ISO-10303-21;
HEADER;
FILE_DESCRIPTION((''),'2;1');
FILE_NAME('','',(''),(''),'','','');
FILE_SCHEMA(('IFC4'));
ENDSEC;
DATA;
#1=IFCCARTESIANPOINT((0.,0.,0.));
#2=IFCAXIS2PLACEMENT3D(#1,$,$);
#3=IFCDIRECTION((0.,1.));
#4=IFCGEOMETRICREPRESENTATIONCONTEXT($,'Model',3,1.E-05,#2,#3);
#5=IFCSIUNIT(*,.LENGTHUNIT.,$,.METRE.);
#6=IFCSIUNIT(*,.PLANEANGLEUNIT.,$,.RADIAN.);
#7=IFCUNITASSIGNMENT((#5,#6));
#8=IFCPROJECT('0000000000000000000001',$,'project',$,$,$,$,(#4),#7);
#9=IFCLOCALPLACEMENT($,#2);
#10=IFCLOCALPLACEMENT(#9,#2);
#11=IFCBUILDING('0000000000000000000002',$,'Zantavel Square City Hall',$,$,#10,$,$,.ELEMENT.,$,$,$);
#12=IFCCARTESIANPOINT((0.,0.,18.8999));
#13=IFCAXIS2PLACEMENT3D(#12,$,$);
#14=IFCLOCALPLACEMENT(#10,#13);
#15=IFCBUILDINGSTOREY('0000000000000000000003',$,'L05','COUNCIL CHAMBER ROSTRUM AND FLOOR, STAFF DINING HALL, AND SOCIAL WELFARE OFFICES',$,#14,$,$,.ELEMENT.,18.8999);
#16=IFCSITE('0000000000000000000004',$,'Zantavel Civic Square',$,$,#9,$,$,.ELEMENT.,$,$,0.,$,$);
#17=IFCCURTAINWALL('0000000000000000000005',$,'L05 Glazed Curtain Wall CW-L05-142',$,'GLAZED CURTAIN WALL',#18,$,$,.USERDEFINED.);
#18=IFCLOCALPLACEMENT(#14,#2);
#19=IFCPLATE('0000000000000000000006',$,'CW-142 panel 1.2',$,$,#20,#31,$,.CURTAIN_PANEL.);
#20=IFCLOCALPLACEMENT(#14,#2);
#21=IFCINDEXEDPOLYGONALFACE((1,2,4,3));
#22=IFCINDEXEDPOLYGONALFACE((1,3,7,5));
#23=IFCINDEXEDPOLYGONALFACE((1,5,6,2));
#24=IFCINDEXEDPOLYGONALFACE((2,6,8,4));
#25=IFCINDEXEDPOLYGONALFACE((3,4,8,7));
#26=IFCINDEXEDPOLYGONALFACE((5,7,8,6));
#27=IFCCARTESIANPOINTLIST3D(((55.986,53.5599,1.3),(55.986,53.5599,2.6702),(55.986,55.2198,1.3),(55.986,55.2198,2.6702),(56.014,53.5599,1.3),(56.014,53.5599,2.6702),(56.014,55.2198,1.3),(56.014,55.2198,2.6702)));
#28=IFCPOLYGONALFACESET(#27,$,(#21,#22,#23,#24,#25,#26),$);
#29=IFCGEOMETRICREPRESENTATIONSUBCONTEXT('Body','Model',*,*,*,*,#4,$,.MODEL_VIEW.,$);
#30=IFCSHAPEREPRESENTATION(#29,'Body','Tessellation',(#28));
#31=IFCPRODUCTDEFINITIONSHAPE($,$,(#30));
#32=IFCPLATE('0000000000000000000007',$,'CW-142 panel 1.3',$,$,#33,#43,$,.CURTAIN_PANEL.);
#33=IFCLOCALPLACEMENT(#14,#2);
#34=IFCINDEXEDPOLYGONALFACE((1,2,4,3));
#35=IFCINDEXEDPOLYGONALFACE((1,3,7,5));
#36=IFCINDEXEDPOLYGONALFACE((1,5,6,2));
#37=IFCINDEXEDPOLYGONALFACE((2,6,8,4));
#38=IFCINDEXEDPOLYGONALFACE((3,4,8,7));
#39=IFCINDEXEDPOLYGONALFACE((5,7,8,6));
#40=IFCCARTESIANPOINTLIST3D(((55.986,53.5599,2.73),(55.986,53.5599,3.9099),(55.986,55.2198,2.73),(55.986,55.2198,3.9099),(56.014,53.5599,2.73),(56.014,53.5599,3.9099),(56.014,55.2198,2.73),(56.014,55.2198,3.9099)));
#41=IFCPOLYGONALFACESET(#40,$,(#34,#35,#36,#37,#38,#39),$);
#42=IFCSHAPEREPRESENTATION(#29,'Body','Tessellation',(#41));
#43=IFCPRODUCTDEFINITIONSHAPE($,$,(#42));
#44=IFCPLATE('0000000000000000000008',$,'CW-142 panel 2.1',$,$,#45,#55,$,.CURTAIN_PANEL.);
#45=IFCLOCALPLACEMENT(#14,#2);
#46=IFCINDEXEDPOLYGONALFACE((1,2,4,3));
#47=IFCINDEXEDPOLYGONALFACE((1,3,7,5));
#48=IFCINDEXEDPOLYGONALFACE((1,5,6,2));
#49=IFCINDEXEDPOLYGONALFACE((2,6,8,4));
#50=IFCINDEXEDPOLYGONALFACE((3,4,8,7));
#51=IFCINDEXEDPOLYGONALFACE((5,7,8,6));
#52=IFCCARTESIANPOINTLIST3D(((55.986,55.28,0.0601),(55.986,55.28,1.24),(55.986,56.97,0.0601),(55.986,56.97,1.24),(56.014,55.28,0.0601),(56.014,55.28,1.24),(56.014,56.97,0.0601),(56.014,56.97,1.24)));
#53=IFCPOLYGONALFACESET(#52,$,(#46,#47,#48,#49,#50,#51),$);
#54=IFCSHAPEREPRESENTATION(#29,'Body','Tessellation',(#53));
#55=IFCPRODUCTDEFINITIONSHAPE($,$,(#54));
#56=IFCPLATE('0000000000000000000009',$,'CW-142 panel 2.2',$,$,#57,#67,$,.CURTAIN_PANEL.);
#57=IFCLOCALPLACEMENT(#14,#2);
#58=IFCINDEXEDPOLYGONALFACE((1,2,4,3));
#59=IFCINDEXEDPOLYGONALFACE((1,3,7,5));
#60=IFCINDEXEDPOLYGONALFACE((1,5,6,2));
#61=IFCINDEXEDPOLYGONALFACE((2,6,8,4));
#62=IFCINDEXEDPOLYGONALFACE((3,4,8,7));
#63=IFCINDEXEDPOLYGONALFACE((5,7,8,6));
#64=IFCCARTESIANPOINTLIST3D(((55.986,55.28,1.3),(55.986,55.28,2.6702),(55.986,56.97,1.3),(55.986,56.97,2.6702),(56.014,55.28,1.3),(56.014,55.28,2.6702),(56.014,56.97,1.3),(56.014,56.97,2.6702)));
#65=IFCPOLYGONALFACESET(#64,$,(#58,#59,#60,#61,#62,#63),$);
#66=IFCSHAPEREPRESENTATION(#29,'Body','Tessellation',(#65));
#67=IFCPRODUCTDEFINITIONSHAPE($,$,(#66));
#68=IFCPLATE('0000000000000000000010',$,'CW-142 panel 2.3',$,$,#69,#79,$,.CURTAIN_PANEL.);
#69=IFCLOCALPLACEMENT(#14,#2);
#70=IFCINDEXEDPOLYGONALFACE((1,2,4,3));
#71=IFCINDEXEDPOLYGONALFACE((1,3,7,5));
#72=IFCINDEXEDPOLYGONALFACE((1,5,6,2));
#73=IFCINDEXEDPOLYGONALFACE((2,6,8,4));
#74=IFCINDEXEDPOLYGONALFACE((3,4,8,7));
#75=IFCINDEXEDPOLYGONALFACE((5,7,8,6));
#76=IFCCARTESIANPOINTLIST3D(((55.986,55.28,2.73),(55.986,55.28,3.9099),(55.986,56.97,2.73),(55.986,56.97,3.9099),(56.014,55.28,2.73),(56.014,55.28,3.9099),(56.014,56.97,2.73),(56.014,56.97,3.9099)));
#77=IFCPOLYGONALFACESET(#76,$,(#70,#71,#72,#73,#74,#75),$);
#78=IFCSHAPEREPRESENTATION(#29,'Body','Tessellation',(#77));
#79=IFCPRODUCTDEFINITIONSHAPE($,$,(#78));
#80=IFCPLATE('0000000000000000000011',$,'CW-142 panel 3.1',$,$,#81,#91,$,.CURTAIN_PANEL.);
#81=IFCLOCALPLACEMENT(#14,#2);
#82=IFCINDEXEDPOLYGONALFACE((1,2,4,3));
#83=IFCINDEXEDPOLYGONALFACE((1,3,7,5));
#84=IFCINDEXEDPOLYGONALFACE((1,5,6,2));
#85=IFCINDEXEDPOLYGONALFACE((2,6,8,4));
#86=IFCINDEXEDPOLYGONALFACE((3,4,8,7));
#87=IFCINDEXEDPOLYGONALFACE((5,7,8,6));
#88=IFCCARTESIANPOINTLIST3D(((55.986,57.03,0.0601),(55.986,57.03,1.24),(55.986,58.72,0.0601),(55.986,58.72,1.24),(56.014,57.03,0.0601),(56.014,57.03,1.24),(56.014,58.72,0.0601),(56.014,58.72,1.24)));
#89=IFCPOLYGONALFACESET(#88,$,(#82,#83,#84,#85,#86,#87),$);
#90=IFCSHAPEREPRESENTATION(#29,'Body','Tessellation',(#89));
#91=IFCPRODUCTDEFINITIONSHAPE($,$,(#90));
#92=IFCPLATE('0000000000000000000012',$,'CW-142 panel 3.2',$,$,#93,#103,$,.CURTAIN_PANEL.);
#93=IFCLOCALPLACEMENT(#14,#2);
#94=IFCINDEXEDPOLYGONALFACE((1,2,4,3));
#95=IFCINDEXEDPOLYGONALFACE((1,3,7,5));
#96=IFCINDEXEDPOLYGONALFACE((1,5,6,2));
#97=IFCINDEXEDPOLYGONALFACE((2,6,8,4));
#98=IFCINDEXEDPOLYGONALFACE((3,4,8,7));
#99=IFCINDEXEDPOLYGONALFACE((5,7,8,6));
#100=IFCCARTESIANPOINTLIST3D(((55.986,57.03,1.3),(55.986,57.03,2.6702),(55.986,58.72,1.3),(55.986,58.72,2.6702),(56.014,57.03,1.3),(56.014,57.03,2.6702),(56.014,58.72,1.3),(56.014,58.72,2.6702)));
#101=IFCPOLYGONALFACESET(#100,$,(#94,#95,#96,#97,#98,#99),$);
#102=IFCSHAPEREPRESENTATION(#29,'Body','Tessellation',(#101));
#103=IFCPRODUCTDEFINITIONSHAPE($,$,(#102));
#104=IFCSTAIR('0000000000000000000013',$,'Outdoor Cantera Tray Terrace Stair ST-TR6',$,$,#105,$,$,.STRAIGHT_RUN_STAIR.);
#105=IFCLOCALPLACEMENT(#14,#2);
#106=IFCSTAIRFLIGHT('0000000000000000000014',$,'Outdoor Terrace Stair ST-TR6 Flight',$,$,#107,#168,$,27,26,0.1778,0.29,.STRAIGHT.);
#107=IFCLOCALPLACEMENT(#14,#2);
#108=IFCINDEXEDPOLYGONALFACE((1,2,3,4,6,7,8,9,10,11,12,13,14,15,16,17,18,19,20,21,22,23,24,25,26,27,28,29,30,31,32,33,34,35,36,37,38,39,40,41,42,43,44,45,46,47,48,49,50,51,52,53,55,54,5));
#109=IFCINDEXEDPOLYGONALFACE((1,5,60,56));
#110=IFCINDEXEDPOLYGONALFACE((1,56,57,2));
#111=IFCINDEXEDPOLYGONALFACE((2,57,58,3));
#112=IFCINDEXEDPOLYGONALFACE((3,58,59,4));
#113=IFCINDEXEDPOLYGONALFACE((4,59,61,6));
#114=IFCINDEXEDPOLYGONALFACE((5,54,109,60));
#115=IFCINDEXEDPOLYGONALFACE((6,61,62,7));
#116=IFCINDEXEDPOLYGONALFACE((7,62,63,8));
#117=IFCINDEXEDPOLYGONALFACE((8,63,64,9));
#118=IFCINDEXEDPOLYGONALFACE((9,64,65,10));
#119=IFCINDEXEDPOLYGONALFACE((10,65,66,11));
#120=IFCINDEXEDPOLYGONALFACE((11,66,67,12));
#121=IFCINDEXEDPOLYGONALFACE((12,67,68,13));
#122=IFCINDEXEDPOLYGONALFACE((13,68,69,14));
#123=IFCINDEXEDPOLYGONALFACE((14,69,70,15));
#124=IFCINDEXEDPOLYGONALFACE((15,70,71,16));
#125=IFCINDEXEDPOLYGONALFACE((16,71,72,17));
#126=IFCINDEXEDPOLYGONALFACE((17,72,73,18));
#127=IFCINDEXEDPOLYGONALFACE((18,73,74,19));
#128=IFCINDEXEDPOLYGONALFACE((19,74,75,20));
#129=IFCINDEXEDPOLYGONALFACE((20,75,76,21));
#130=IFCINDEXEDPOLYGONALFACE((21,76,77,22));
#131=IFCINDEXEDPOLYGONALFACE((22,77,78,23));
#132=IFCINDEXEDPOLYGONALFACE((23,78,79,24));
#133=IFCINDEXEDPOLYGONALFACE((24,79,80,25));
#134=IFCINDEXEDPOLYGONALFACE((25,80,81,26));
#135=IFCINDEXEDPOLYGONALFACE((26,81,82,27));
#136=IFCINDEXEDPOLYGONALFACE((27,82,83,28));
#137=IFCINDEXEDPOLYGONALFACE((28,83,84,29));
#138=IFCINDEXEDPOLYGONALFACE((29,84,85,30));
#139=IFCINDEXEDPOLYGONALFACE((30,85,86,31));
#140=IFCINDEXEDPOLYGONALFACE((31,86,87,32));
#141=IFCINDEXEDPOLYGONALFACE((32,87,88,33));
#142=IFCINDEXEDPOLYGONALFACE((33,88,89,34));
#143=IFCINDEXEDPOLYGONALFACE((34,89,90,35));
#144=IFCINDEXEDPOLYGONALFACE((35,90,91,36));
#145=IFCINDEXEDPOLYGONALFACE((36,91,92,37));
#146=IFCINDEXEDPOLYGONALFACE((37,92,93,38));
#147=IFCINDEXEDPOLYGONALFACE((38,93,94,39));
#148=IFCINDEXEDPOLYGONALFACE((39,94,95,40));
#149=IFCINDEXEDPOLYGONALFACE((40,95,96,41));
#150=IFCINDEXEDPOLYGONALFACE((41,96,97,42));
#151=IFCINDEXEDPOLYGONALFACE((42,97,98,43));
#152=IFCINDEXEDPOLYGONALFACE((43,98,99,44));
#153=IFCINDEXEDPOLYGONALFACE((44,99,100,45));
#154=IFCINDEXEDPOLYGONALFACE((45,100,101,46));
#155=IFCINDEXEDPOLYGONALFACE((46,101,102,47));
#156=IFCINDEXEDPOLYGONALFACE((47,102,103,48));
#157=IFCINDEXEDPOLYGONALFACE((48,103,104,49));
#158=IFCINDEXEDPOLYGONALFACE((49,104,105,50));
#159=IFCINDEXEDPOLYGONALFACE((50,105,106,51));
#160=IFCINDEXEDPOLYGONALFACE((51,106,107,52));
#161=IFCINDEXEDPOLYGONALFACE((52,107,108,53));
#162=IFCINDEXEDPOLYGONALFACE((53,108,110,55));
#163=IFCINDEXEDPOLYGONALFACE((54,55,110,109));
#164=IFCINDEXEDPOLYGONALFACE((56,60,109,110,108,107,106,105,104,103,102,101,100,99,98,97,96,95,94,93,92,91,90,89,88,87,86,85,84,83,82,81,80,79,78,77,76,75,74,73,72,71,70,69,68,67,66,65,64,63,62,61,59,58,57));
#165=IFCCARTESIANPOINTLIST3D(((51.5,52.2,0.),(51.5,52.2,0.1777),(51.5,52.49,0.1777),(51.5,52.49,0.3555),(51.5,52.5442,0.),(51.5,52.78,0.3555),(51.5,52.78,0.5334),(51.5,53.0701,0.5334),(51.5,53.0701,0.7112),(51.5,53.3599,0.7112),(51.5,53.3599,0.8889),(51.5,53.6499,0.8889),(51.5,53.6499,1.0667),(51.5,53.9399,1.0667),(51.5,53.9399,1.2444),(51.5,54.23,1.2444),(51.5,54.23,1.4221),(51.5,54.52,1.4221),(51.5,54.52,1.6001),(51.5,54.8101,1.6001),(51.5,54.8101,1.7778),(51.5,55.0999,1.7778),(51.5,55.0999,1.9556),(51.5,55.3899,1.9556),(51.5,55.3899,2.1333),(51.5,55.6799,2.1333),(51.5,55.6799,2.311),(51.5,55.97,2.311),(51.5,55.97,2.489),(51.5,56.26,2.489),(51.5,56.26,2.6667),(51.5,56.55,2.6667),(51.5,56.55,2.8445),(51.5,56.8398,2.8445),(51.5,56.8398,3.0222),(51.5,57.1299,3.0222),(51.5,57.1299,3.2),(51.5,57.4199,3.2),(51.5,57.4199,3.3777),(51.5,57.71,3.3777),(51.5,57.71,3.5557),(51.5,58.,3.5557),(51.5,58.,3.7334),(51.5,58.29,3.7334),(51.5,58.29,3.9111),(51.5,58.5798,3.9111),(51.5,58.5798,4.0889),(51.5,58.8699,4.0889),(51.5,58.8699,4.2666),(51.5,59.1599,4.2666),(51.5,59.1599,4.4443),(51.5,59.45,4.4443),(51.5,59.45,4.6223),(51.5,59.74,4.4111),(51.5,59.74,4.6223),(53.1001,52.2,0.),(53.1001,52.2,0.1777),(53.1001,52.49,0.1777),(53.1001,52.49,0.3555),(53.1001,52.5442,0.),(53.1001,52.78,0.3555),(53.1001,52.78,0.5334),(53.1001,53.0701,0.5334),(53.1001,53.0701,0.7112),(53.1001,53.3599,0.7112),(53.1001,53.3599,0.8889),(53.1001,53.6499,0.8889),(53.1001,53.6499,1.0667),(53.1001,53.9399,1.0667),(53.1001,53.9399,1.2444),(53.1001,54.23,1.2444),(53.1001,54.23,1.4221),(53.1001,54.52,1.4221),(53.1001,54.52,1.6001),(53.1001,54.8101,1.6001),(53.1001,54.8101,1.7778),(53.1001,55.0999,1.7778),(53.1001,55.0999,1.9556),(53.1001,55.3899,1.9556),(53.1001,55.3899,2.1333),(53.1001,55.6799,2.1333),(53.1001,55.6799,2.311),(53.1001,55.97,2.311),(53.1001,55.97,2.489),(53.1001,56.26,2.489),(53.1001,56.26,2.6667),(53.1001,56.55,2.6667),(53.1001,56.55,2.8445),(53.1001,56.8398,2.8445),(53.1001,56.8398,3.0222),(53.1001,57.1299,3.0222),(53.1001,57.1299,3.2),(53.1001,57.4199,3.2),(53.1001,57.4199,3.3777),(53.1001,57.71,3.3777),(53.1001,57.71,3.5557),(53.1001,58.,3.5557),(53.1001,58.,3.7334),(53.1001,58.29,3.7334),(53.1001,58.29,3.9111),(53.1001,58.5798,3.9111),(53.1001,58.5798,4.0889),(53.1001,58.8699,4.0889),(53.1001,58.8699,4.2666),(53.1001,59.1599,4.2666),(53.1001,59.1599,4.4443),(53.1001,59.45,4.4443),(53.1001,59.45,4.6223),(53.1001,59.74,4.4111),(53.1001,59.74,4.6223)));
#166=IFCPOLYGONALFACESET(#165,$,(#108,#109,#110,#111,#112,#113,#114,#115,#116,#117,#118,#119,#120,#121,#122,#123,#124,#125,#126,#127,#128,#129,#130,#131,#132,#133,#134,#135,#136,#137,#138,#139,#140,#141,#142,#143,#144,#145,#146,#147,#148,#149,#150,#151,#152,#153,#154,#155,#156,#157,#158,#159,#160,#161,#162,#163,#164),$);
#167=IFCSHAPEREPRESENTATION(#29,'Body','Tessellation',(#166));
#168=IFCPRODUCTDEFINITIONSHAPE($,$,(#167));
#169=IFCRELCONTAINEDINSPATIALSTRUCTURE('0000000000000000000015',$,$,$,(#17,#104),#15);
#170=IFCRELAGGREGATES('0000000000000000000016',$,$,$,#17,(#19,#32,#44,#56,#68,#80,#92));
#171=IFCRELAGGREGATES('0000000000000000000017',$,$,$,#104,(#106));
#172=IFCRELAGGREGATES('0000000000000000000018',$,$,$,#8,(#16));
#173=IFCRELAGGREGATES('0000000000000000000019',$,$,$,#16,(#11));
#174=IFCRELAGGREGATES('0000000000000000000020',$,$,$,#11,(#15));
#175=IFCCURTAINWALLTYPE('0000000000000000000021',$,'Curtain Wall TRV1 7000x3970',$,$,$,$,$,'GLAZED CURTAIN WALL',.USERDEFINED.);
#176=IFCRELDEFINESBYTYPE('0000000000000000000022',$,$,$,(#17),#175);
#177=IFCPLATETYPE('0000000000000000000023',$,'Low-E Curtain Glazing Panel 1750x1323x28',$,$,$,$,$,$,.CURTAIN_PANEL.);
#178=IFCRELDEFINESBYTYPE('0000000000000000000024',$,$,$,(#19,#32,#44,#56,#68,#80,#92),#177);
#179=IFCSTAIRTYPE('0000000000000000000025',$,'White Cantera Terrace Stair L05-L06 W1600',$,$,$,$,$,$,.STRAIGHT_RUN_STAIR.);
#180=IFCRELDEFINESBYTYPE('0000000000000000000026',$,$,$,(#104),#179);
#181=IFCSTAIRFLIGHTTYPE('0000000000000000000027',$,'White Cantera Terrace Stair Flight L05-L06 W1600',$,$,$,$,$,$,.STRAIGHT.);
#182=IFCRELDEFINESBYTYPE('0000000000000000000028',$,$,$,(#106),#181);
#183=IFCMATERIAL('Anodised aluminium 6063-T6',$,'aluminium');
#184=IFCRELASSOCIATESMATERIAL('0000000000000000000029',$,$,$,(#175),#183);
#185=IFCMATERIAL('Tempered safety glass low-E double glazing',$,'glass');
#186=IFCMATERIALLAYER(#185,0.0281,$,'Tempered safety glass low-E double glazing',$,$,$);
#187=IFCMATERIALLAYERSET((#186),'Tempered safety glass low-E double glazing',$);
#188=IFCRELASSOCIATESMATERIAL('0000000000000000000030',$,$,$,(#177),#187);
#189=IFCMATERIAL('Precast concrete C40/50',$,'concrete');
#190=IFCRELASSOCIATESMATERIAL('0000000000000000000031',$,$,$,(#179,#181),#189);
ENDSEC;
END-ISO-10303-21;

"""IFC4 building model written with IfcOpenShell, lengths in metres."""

from ifc_helpers import new_model, si_unit, direction, frame, origin, origin_2d, place, context, subcontext, project, spatial, polyline, rectangle, outline, extrude, material, layer, layer_set, type_object, element, aggregate, save


model = new_model("IFC4")

# Units and contexts
model_context = context("Model", 3, precision=1e-05, world=origin(), true_north=direction((0.0, 1.0)))
body_context = subcontext(model_context, "Body", "Model", "MODEL_VIEW")
ifc_project = project(units=[si_unit("LENGTHUNIT", "METRE"), si_unit("PLANEANGLEUNIT", "RADIAN")], contexts=[model_context])

# Site, building, storey
site_placement = place(None, origin())
site = spatial("IfcSite", under=ifc_project, at=site_placement, Name="Zantavel Civic Square", CompositionType="ELEMENT", RefElevation=0.0)
building_placement = place(site_placement, origin())
building = spatial("IfcBuilding", under=site, at=building_placement, Name="Zantavel Square City Hall", CompositionType="ELEMENT")
storey_placement = place(building_placement, frame((0.0, 0.0, 18.8999)))
storey = spatial("IfcBuildingStorey", under=building, at=storey_placement, Name="L05", Description="COUNCIL CHAMBER ROSTRUM AND FLOOR, STAFF DINING HALL, AND SOCIAL WELFARE OFFICES", CompositionType="ELEMENT", Elevation=18.8999)

# Shared definitions
ifc_material_1 = material(Name="Anodised aluminium 6063-T6", Category="aluminium")
curtain_wall_type = type_object("IfcCurtainWallType", Name="Curtain Wall TRV1 7000x3970", ElementType="GLAZED CURTAIN WALL", PredefinedType="USERDEFINED", material=ifc_material_1)

# Curtain wall
curtain_wall_1_placement = place(storey_placement, origin())
curtain_wall_1 = element("IfcCurtainWall", 1, at=curtain_wall_1_placement, inside=storey, type_object=curtain_wall_type, Name="L05 Glazed Curtain Wall CW-L05-142", ObjectType="GLAZED CURTAIN WALL", PredefinedType="USERDEFINED")

# Plates
ifc_material_2 = material(Name="Tempered safety glass low-E double glazing", Category="glass")
ifc_layer_1 = layer(ifc_material_2, 0.0281, Name="Tempered safety glass low-E double glazing")
ifc_layer_set_1 = layer_set([ifc_layer_1], Name="Tempered safety glass low-E double glazing")
plate_type = type_object("IfcPlateType", Name="Low-E Curtain Glazing Panel 1750x1323x28", PredefinedType="CURTAIN_PANEL", material=ifc_layer_set_1)
plate_1_placement = place(storey_placement, frame((56.0, 54.3899, 1.3), z_axis=(0.0, 0.0, 1.0), x_axis=(0.0, 1.0, 0.0)))
plate_1 = element("IfcPlate", 2, at=plate_1_placement, type_object=plate_type, Name="CW-142 panel 1.2", PredefinedType="CURTAIN_PANEL", context=body_context, shape_type="SweptSolid", body=[
    extrude(rectangle(XDim=1.6599, YDim=0.0281, at=origin_2d()), origin(), (0.0, 0.0, 1.0), 1.3701),
])
plate_2_placement = place(storey_placement, frame((56.0, 54.3899, 2.73), z_axis=(0.0, 0.0, 1.0), x_axis=(0.0, 1.0, 0.0)))
plate_2 = element("IfcPlate", 3, at=plate_2_placement, type_object=plate_type, Name="CW-142 panel 1.3", PredefinedType="CURTAIN_PANEL", context=body_context, shape_type="SweptSolid", body=[
    extrude(rectangle(XDim=1.6599, YDim=0.0281, at=origin_2d()), origin(), (0.0, 0.0, 1.0), 1.1799),
])
plate_3_placement = place(storey_placement, frame((56.0, 56.125, 0.0601), z_axis=(0.0, 0.0, 1.0), x_axis=(0.0, 1.0, 0.0)))
plate_3 = element("IfcPlate", 4, at=plate_3_placement, type_object=plate_type, Name="CW-142 panel 2.1", PredefinedType="CURTAIN_PANEL", context=body_context, shape_type="SweptSolid", body=[
    extrude(rectangle(XDim=1.6899, YDim=0.0281, at=origin_2d()), origin(), (0.0, 0.0, 1.0), 1.1799),
])
plate_4_placement = place(storey_placement, frame((56.0, 56.125, 1.3), z_axis=(0.0, 0.0, 1.0), x_axis=(0.0, 1.0, 0.0)))
plate_4 = element("IfcPlate", 5, at=plate_4_placement, type_object=plate_type, Name="CW-142 panel 2.2", PredefinedType="CURTAIN_PANEL", context=body_context, shape_type="SweptSolid", body=[
    extrude(rectangle(XDim=1.6899, YDim=0.0281, at=origin_2d()), origin(), (0.0, 0.0, 1.0), 1.3701),
])
plate_5_placement = place(storey_placement, frame((56.0, 56.125, 2.73), z_axis=(0.0, 0.0, 1.0), x_axis=(0.0, 1.0, 0.0)))
plate_5 = element("IfcPlate", 6, at=plate_5_placement, type_object=plate_type, Name="CW-142 panel 2.3", PredefinedType="CURTAIN_PANEL", context=body_context, shape_type="SweptSolid", body=[
    extrude(rectangle(XDim=1.6899, YDim=0.0281, at=origin_2d()), origin(), (0.0, 0.0, 1.0), 1.1799),
])
plate_6_placement = place(storey_placement, frame((56.0, 57.875, 0.0601), z_axis=(0.0, 0.0, 1.0), x_axis=(0.0, 1.0, 0.0)))
plate_6 = element("IfcPlate", 7, at=plate_6_placement, type_object=plate_type, Name="CW-142 panel 3.1", PredefinedType="CURTAIN_PANEL", context=body_context, shape_type="SweptSolid", body=[
    extrude(rectangle(XDim=1.6899, YDim=0.0281, at=origin_2d()), origin(), (0.0, 0.0, 1.0), 1.1799),
])
plate_7_placement = place(storey_placement, frame((56.0, 57.875, 1.3), z_axis=(0.0, 0.0, 1.0), x_axis=(0.0, 1.0, 0.0)))
plate_7 = element("IfcPlate", 8, at=plate_7_placement, type_object=plate_type, Name="CW-142 panel 3.2", PredefinedType="CURTAIN_PANEL", context=body_context, shape_type="SweptSolid", body=[
    extrude(rectangle(XDim=1.6899, YDim=0.0281, at=origin_2d()), origin(), (0.0, 0.0, 1.0), 1.3701),
])
aggregate(curtain_wall_1, [plate_1, plate_2, plate_3, plate_4, plate_5, plate_6, plate_7])

# Stair, stair flight
ifc_material_3 = material(Name="Precast concrete C40/50", Category="concrete")
stair_type = type_object("IfcStairType", Name="White Cantera Terrace Stair L05-L06 W1600", PredefinedType="STRAIGHT_RUN_STAIR", material=ifc_material_3)
stair_placement = place(storey_placement, origin())
stair = element("IfcStair", 9, at=stair_placement, inside=storey, type_object=stair_type, Name="Outdoor Cantera Tray Terrace Stair ST-TR6", PredefinedType="STRAIGHT_RUN_STAIR")
stair_flight_type = type_object("IfcStairFlightType", Name="White Cantera Terrace Stair Flight L05-L06 W1600", PredefinedType="STRAIGHT", material=ifc_material_3)
stair_flight_placement = place(storey_placement, frame((52.3, 52.2, 0.0), z_axis=(0.0, 0.0, 1.0), x_axis=(0.0, 1.0, 0.0)))
stair_flight = element("IfcStairFlight", 10, at=stair_flight_placement, type_object=stair_flight_type, Name="Outdoor Terrace Stair ST-TR6 Flight", NumberOfRisers=27, NumberOfTreads=26, PredefinedType="STRAIGHT", RiserHeight=0.1778, TreadLength=0.29, context=body_context, shape_type="SweptSolid", body=[
    extrude(outline(polyline([(0.0, 0.0), (0.0, 0.1777), (0.29, 0.1777), (0.29, 0.3555), (0.5801, 0.3555), (0.5801, 0.5334), (0.8701, 0.5334), (0.8701, 0.7112), (1.1599, 0.7112), (1.1599, 0.8889), (1.45, 0.8889), (1.45, 1.0667), (1.74, 1.0667), (1.74, 1.2444), (2.03, 1.2444), (2.03, 1.4221), (2.3201, 1.4221), (2.3201, 1.6001), (2.6101, 1.6001), (2.6101, 1.7778), (2.8999, 1.7778), (2.8999, 1.9556), (3.1899, 1.9556), (3.1899, 2.1333), (3.48, 2.1333), (3.48, 2.311), (3.77, 2.311), (3.77, 2.489), (4.0601, 2.489), (4.0601, 2.6667), (4.3501, 2.6667), (4.3501, 2.8445), (4.6399, 2.8445), (4.6399, 3.0222), (4.9299, 3.0222), (4.9299, 3.2), (5.22, 3.2), (5.22, 3.3777), (5.51, 3.3777), (5.51, 3.5557), (5.8, 3.5557), (5.8, 3.7334), (6.0901, 3.7334), (6.0901, 3.9111), (6.3799, 3.9111), (6.3799, 4.0889), (6.6699, 4.0889), (6.6699, 4.2666), (6.96, 4.2666), (6.96, 4.4443), (7.25, 4.4443), (7.25, 4.6223), (7.54, 4.6223), (7.54, 4.8), (7.54, 4.4111), (0.3442, 0.0), (0.0, 0.0)])), frame((0.0, 0.8, 0.0), z_axis=(0.0, -1.0, 0.0), x_axis=(1.0, 0.0, 0.0)), (0.0, 0.0, 1.0), 1.6001),
])
aggregate(stair, [stair_flight])

save(model, "model.ifc")
